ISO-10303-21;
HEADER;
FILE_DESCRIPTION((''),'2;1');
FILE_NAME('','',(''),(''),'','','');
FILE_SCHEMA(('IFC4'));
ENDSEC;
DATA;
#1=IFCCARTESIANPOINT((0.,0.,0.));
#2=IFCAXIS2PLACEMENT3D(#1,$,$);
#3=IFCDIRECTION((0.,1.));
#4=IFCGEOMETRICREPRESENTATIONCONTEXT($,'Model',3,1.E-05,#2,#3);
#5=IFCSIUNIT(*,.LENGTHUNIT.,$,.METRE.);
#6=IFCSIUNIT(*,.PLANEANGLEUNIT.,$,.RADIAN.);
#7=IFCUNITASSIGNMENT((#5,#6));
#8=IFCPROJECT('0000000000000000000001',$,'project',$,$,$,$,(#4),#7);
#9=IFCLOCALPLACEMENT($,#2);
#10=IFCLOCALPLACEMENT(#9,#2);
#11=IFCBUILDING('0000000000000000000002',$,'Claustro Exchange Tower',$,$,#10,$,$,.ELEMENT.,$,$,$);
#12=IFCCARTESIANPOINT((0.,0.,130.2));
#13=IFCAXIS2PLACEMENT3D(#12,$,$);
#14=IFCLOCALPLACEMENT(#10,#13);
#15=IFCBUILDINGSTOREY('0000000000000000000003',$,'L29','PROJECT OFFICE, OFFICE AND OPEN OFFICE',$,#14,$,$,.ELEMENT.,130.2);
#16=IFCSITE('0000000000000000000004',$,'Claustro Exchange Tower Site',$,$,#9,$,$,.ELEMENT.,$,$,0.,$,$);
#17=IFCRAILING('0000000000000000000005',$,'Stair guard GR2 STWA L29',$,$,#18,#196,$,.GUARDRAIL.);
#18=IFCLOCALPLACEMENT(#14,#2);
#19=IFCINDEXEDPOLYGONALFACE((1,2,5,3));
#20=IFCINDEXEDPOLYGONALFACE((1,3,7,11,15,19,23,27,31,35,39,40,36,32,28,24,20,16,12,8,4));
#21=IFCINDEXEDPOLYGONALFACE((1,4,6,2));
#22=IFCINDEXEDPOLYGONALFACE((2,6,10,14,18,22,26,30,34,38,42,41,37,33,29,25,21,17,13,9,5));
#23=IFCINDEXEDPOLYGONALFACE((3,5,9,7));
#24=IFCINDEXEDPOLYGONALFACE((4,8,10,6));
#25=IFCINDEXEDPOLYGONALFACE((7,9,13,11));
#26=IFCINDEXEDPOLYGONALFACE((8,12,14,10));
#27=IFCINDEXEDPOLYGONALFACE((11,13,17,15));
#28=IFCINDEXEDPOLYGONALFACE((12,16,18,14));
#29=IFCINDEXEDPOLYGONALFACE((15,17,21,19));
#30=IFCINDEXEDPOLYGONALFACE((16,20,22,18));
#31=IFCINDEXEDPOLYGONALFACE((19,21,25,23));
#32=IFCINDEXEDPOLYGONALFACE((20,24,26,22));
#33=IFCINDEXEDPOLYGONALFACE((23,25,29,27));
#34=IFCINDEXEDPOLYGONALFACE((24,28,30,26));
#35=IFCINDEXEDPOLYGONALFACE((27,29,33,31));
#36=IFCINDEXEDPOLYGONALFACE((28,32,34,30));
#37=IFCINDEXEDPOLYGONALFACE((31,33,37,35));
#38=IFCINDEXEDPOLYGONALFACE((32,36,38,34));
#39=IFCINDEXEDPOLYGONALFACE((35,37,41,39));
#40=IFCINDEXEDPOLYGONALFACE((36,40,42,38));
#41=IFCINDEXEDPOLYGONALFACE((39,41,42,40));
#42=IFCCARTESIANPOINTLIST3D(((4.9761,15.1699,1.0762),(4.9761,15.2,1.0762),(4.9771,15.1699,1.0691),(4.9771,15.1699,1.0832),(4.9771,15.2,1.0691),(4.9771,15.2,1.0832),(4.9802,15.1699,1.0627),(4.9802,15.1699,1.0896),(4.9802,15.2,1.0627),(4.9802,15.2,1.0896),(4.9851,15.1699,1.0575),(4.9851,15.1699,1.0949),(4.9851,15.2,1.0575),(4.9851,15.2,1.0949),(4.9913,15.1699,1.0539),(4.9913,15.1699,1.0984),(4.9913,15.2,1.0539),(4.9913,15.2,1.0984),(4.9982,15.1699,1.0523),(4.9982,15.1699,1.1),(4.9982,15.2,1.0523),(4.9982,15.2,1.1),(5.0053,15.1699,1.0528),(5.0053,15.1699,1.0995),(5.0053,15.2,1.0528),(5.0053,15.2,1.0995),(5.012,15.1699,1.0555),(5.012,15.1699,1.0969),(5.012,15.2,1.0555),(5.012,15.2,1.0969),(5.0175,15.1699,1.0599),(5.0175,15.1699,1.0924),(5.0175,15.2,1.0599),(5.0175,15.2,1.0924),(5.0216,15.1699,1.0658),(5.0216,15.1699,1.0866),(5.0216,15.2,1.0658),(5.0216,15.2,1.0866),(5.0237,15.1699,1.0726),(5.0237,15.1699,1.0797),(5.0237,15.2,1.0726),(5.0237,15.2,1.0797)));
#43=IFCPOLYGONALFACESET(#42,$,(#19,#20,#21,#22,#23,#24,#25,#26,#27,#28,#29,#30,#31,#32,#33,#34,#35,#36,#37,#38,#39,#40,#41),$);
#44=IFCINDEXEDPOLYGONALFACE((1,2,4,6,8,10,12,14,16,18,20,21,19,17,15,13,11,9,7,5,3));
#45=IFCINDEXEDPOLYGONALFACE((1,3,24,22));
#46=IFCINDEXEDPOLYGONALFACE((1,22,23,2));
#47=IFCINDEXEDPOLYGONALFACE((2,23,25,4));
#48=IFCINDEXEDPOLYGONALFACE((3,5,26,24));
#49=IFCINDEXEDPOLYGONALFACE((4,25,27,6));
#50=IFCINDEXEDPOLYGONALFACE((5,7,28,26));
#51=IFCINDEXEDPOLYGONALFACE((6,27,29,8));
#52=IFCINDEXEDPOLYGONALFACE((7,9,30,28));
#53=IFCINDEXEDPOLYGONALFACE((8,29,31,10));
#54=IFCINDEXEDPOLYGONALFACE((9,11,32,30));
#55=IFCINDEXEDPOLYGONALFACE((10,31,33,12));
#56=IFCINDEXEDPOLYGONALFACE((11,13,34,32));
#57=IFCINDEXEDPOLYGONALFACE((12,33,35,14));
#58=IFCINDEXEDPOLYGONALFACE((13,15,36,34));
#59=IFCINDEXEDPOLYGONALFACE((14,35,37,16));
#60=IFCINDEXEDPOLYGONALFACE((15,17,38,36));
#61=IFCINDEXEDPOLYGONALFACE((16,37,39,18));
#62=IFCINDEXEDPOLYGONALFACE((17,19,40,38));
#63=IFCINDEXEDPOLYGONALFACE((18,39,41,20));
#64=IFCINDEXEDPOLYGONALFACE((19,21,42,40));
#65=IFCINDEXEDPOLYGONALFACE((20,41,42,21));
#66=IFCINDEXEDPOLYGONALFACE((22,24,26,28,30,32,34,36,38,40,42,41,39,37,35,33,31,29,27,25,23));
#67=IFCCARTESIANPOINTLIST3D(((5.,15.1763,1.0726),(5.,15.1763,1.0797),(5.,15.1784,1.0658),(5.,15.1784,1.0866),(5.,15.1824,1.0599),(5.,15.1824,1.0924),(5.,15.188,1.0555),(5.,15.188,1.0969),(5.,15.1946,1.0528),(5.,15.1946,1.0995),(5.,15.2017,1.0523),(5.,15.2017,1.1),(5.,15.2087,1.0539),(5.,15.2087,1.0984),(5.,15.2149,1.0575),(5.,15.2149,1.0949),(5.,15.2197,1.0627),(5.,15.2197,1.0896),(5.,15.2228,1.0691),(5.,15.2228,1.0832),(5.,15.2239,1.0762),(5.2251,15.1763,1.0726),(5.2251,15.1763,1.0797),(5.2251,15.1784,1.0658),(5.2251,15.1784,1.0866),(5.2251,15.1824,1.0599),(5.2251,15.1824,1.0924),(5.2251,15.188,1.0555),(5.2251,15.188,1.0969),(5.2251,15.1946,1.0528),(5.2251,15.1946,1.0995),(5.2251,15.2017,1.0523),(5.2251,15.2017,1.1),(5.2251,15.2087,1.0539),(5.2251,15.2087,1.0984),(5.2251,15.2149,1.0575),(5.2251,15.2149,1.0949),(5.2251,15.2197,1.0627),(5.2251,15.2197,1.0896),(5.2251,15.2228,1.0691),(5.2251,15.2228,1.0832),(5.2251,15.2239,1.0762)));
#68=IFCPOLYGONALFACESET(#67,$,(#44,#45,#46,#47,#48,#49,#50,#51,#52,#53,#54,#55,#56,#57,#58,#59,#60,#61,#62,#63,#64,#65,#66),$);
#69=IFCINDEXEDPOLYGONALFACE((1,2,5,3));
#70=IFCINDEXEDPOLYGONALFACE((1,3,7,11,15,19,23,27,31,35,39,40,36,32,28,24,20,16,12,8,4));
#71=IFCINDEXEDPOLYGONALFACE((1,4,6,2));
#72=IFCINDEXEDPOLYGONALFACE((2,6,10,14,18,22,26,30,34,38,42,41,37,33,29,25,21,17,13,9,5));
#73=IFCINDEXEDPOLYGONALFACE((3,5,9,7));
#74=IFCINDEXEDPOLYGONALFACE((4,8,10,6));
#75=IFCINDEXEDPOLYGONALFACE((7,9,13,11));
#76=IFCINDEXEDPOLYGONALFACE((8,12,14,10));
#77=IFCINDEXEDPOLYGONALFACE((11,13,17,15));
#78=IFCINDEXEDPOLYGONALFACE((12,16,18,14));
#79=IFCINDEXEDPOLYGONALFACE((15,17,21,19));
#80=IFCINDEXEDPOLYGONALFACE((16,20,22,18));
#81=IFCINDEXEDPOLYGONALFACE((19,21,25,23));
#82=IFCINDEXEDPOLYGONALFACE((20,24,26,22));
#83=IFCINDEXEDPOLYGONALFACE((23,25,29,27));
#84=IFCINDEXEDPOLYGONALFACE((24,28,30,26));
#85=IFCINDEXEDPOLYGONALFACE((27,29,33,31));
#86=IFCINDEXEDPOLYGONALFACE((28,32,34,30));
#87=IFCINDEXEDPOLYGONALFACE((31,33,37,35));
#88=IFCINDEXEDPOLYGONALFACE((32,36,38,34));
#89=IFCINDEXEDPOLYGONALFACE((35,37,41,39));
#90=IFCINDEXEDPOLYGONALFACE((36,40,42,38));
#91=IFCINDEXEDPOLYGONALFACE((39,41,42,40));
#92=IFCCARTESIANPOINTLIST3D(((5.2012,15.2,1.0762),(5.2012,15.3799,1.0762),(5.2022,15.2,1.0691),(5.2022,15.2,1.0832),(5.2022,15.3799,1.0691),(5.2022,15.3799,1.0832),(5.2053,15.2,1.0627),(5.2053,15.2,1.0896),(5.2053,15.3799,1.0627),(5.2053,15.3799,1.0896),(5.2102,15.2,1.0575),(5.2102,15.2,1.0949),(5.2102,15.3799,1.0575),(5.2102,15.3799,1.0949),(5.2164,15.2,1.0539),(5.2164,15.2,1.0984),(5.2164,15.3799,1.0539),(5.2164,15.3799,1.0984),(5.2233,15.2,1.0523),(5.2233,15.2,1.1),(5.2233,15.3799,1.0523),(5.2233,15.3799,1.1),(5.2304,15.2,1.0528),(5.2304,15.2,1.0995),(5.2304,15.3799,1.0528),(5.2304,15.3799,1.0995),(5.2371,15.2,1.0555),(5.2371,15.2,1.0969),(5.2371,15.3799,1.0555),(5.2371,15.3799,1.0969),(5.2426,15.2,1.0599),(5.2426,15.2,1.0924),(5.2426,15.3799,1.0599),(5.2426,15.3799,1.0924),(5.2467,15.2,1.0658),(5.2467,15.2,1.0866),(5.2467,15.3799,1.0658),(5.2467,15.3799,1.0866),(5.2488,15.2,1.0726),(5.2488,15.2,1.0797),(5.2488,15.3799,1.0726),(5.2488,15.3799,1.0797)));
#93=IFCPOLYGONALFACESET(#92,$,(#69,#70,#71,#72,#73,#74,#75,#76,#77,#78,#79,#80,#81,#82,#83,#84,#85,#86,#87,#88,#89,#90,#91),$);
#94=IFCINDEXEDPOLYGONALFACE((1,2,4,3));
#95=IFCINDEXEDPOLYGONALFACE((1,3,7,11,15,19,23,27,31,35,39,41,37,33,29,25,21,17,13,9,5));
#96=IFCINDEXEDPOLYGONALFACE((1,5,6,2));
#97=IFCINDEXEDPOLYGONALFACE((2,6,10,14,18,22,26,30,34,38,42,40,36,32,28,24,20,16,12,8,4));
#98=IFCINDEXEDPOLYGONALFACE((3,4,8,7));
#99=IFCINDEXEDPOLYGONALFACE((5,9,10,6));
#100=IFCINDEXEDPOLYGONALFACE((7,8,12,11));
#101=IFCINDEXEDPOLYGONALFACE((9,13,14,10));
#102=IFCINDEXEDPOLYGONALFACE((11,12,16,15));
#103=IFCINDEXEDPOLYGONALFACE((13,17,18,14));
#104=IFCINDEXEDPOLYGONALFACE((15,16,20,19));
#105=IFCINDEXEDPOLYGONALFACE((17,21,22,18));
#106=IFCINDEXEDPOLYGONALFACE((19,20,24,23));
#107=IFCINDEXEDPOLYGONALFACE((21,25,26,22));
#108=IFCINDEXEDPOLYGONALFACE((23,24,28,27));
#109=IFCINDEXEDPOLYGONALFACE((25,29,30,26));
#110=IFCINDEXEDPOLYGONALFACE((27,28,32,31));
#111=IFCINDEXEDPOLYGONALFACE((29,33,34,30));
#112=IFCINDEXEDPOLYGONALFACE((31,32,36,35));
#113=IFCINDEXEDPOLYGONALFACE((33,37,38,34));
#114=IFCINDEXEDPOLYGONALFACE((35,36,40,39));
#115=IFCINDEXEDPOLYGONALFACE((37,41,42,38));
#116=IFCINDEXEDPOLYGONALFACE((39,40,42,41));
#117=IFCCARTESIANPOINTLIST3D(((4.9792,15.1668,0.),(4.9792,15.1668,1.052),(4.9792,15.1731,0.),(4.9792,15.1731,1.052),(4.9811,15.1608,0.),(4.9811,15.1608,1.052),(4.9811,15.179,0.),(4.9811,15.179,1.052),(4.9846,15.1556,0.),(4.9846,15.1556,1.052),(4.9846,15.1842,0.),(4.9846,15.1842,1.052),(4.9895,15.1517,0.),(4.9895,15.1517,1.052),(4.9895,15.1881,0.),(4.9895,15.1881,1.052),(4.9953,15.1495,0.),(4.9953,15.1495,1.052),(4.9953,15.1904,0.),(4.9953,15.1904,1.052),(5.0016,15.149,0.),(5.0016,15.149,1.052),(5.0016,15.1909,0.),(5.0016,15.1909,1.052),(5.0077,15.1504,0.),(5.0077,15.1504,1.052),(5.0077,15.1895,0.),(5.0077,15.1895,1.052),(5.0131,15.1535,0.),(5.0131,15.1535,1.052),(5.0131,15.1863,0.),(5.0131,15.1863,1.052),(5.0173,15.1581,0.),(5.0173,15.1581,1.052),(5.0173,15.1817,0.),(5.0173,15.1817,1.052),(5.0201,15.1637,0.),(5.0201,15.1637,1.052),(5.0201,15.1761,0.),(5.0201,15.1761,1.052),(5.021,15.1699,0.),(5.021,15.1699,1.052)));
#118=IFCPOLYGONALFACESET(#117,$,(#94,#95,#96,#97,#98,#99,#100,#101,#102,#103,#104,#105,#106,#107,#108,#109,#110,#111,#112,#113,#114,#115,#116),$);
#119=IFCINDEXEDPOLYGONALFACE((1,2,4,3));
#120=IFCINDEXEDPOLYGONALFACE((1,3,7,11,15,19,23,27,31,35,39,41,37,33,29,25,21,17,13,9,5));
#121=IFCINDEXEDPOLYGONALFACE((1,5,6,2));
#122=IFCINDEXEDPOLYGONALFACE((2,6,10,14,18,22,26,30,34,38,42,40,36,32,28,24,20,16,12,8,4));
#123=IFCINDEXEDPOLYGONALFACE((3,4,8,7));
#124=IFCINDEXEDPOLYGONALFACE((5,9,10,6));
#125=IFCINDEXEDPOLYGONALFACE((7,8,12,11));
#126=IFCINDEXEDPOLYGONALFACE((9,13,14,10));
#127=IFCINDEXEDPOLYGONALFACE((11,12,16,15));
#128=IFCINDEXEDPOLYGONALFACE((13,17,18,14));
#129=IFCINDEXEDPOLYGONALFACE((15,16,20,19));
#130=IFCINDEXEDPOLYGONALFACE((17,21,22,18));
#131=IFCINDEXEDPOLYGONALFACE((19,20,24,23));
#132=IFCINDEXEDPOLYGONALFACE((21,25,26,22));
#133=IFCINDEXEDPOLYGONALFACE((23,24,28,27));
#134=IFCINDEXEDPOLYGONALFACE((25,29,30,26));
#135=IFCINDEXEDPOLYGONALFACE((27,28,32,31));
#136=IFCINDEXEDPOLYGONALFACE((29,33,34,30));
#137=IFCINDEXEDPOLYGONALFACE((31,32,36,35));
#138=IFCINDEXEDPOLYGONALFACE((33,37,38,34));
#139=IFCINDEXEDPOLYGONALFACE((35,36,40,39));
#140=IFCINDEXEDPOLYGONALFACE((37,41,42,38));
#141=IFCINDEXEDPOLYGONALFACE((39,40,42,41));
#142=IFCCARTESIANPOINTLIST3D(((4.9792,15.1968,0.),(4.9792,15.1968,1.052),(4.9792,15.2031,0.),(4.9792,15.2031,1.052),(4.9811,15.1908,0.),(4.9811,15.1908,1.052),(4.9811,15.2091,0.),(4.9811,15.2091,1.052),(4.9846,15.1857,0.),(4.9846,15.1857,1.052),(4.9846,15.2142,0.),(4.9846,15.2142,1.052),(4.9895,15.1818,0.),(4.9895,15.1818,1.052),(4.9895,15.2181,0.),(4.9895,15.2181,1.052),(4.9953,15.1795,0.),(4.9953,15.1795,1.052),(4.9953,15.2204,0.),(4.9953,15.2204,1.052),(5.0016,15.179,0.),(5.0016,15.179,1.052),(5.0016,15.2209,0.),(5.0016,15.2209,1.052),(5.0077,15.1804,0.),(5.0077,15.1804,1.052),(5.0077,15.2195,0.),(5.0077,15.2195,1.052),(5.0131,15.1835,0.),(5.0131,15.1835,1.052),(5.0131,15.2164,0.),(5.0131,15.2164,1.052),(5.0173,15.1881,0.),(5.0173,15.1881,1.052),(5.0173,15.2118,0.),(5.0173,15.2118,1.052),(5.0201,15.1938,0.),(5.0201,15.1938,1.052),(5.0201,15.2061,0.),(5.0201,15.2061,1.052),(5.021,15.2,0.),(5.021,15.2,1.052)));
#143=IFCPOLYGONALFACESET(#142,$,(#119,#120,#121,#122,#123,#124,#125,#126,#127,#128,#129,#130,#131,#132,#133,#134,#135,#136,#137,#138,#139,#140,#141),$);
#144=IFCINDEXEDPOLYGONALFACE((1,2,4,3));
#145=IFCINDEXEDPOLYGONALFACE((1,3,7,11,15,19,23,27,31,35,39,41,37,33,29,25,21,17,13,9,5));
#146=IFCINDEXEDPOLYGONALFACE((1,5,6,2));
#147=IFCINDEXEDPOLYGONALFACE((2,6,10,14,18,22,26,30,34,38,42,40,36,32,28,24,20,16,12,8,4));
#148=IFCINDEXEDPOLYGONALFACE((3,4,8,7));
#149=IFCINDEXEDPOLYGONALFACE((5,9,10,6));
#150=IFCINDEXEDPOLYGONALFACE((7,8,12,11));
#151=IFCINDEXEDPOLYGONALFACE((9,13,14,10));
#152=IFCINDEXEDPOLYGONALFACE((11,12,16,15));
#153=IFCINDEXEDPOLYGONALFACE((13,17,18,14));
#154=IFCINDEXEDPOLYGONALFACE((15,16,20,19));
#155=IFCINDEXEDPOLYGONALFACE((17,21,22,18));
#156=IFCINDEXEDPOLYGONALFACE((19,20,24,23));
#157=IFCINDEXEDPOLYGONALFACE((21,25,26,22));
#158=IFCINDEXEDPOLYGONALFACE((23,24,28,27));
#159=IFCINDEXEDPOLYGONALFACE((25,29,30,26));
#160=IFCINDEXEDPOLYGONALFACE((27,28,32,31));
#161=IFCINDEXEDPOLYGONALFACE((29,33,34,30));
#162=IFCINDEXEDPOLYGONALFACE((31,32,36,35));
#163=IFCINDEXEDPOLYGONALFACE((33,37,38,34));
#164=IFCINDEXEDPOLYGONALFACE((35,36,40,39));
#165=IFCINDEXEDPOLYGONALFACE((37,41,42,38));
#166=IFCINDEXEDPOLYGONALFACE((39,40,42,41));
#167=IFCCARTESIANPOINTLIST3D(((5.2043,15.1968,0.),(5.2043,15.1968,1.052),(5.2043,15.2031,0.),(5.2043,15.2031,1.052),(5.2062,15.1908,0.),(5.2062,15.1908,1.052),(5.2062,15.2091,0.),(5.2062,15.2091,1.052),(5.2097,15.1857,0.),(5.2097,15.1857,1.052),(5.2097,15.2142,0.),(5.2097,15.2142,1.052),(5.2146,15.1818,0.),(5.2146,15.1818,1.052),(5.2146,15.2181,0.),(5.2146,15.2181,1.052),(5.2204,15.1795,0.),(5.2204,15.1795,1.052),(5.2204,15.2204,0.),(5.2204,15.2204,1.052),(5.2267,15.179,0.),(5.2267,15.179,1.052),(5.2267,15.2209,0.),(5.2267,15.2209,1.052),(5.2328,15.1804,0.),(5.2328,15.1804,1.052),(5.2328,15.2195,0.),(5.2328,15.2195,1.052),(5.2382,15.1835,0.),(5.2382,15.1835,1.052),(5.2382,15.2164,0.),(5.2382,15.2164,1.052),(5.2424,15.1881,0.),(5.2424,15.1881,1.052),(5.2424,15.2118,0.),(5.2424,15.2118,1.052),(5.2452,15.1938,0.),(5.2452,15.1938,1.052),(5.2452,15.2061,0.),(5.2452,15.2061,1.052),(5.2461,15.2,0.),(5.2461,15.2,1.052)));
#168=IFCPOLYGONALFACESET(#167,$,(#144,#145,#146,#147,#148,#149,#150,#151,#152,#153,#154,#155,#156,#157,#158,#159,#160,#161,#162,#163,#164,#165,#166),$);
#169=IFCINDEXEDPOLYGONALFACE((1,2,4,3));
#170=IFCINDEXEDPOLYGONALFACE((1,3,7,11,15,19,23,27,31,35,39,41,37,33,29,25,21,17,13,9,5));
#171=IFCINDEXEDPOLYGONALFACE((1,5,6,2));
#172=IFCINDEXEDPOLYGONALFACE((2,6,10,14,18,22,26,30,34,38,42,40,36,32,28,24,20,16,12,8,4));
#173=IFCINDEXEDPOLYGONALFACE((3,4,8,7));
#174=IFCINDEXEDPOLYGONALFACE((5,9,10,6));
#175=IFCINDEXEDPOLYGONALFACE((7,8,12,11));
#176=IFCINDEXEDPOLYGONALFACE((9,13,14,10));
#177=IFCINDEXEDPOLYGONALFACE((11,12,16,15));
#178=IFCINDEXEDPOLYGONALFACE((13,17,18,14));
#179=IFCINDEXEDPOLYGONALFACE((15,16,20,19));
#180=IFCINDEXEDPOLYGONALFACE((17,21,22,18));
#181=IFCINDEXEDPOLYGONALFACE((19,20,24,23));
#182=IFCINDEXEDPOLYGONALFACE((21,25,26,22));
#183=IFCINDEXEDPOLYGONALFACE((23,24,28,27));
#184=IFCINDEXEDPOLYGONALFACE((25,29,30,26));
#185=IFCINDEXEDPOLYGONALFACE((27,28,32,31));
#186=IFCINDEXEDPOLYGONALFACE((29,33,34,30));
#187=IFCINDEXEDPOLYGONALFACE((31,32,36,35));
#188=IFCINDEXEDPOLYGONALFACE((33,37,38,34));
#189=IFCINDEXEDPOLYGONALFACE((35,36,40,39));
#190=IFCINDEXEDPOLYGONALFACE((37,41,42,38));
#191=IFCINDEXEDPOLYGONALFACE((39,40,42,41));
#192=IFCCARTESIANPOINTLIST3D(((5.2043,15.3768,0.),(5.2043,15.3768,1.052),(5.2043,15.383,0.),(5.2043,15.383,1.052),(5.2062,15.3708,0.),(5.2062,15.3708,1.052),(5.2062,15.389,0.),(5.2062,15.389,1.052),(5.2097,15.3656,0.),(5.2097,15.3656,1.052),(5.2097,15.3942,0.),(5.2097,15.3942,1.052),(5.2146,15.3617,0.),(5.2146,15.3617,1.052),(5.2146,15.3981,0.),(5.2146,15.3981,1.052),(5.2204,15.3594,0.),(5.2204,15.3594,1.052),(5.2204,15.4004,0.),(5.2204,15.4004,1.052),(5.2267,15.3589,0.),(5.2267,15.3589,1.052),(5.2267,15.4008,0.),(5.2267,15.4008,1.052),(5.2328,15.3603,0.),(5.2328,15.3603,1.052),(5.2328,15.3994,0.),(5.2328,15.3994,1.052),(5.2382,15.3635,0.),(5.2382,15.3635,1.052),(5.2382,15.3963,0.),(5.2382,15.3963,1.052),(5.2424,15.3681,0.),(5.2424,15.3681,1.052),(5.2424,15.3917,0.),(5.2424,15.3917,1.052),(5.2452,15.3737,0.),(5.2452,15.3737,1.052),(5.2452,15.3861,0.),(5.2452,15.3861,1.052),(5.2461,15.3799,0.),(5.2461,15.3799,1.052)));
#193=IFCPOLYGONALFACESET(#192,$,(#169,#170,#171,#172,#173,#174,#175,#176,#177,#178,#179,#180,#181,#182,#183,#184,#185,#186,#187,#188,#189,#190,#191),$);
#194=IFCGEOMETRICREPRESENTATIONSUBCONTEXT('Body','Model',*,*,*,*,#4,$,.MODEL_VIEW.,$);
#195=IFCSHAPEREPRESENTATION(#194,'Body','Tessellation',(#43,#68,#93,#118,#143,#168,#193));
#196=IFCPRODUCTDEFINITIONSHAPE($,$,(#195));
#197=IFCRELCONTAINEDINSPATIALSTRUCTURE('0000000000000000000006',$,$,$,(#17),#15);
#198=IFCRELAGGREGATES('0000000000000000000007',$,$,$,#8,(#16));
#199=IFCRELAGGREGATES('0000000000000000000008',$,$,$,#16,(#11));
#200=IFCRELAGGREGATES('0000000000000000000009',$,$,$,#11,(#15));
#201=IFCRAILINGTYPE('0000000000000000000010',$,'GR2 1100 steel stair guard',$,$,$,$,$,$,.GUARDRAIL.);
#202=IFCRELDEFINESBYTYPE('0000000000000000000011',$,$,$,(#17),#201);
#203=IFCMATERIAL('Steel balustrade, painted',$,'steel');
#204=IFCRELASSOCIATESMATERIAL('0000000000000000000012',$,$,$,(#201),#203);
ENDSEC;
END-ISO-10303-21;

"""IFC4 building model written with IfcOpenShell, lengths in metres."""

from ifc_helpers import new_model, si_unit, direction, frame, origin, origin_2d, place, context, subcontext, project, spatial, circle, extrude, material, type_object, element, save


model = new_model("IFC4")

# Units and contexts
model_context = context("Model", 3, precision=1e-05, world=origin(), true_north=direction((0.0, 1.0)))
body_context = subcontext(model_context, "Body", "Model", "MODEL_VIEW")
ifc_project = project(units=[si_unit("LENGTHUNIT", "METRE"), si_unit("PLANEANGLEUNIT", "RADIAN")], contexts=[model_context])

# Site, building, storey
site_placement = place(None, origin())
site = spatial("IfcSite", under=ifc_project, at=site_placement, Name="Claustro Exchange Tower Site", CompositionType="ELEMENT", RefElevation=0.0)
building_placement = place(site_placement, origin())
building = spatial("IfcBuilding", under=site, at=building_placement, Name="Claustro Exchange Tower", CompositionType="ELEMENT")
storey_placement = place(building_placement, frame((0.0, 0.0, 130.2)))
storey = spatial("IfcBuildingStorey", under=building, at=storey_placement, Name="L29", Description="PROJECT OFFICE, OFFICE AND OPEN OFFICE", CompositionType="ELEMENT", Elevation=130.2)

# Railing
ifc_material_1 = material(Name="Steel balustrade, painted", Category="steel")
railing_type_1 = type_object("IfcRailingType", Name="GR2 1100 steel stair guard", PredefinedType="GUARDRAIL", material=ifc_material_1)
railing_1_placement = place(storey_placement, frame((5.0, 15.1699, 0.0)))
element("IfcRailing", 1, at=railing_1_placement, inside=storey, type_object=railing_type_1, Name="Stair guard GR2 STWA L29", PredefinedType="GUARDRAIL", context=body_context, shape_type="SweptSolid", body=[
    extrude(circle(Radius=0.0239, at=origin_2d()), frame((0.0, 0.0, 1.0762), z_axis=(0.0, 1.0, 0.0), x_axis=(-1.0, 0.0, 0.0)), (0.0, 0.0, 1.0), 0.03),
    extrude(circle(Radius=0.0239, at=origin_2d()), frame((0.0, 0.03, 1.0762), z_axis=(1.0, 0.0, 0.0), x_axis=(0.0, 1.0, 0.0)), (0.0, 0.0, 1.0), 0.2251),
    extrude(circle(Radius=0.0239, at=origin_2d()), frame((0.2251, 0.03, 1.0762), z_axis=(0.0, 1.0, 0.0), x_axis=(-1.0, 0.0, 0.0)), (0.0, 0.0, 1.0), 0.1799),
    extrude(circle(Radius=0.021, at=origin_2d()), origin(), (0.0, 0.0, 1.0), 1.052),
    extrude(circle(Radius=0.021, at=origin_2d()), frame((0.0, 0.03, 0.0)), (0.0, 0.0, 1.0), 1.052),
    extrude(circle(Radius=0.021, at=origin_2d()), frame((0.2251, 0.03, 0.0)), (0.0, 0.0, 1.0), 1.052),
    extrude(circle(Radius=0.021, at=origin_2d()), frame((0.2251, 0.21, 0.0)), (0.0, 0.0, 1.0), 1.052),
])

save(model, "model.ifc")
